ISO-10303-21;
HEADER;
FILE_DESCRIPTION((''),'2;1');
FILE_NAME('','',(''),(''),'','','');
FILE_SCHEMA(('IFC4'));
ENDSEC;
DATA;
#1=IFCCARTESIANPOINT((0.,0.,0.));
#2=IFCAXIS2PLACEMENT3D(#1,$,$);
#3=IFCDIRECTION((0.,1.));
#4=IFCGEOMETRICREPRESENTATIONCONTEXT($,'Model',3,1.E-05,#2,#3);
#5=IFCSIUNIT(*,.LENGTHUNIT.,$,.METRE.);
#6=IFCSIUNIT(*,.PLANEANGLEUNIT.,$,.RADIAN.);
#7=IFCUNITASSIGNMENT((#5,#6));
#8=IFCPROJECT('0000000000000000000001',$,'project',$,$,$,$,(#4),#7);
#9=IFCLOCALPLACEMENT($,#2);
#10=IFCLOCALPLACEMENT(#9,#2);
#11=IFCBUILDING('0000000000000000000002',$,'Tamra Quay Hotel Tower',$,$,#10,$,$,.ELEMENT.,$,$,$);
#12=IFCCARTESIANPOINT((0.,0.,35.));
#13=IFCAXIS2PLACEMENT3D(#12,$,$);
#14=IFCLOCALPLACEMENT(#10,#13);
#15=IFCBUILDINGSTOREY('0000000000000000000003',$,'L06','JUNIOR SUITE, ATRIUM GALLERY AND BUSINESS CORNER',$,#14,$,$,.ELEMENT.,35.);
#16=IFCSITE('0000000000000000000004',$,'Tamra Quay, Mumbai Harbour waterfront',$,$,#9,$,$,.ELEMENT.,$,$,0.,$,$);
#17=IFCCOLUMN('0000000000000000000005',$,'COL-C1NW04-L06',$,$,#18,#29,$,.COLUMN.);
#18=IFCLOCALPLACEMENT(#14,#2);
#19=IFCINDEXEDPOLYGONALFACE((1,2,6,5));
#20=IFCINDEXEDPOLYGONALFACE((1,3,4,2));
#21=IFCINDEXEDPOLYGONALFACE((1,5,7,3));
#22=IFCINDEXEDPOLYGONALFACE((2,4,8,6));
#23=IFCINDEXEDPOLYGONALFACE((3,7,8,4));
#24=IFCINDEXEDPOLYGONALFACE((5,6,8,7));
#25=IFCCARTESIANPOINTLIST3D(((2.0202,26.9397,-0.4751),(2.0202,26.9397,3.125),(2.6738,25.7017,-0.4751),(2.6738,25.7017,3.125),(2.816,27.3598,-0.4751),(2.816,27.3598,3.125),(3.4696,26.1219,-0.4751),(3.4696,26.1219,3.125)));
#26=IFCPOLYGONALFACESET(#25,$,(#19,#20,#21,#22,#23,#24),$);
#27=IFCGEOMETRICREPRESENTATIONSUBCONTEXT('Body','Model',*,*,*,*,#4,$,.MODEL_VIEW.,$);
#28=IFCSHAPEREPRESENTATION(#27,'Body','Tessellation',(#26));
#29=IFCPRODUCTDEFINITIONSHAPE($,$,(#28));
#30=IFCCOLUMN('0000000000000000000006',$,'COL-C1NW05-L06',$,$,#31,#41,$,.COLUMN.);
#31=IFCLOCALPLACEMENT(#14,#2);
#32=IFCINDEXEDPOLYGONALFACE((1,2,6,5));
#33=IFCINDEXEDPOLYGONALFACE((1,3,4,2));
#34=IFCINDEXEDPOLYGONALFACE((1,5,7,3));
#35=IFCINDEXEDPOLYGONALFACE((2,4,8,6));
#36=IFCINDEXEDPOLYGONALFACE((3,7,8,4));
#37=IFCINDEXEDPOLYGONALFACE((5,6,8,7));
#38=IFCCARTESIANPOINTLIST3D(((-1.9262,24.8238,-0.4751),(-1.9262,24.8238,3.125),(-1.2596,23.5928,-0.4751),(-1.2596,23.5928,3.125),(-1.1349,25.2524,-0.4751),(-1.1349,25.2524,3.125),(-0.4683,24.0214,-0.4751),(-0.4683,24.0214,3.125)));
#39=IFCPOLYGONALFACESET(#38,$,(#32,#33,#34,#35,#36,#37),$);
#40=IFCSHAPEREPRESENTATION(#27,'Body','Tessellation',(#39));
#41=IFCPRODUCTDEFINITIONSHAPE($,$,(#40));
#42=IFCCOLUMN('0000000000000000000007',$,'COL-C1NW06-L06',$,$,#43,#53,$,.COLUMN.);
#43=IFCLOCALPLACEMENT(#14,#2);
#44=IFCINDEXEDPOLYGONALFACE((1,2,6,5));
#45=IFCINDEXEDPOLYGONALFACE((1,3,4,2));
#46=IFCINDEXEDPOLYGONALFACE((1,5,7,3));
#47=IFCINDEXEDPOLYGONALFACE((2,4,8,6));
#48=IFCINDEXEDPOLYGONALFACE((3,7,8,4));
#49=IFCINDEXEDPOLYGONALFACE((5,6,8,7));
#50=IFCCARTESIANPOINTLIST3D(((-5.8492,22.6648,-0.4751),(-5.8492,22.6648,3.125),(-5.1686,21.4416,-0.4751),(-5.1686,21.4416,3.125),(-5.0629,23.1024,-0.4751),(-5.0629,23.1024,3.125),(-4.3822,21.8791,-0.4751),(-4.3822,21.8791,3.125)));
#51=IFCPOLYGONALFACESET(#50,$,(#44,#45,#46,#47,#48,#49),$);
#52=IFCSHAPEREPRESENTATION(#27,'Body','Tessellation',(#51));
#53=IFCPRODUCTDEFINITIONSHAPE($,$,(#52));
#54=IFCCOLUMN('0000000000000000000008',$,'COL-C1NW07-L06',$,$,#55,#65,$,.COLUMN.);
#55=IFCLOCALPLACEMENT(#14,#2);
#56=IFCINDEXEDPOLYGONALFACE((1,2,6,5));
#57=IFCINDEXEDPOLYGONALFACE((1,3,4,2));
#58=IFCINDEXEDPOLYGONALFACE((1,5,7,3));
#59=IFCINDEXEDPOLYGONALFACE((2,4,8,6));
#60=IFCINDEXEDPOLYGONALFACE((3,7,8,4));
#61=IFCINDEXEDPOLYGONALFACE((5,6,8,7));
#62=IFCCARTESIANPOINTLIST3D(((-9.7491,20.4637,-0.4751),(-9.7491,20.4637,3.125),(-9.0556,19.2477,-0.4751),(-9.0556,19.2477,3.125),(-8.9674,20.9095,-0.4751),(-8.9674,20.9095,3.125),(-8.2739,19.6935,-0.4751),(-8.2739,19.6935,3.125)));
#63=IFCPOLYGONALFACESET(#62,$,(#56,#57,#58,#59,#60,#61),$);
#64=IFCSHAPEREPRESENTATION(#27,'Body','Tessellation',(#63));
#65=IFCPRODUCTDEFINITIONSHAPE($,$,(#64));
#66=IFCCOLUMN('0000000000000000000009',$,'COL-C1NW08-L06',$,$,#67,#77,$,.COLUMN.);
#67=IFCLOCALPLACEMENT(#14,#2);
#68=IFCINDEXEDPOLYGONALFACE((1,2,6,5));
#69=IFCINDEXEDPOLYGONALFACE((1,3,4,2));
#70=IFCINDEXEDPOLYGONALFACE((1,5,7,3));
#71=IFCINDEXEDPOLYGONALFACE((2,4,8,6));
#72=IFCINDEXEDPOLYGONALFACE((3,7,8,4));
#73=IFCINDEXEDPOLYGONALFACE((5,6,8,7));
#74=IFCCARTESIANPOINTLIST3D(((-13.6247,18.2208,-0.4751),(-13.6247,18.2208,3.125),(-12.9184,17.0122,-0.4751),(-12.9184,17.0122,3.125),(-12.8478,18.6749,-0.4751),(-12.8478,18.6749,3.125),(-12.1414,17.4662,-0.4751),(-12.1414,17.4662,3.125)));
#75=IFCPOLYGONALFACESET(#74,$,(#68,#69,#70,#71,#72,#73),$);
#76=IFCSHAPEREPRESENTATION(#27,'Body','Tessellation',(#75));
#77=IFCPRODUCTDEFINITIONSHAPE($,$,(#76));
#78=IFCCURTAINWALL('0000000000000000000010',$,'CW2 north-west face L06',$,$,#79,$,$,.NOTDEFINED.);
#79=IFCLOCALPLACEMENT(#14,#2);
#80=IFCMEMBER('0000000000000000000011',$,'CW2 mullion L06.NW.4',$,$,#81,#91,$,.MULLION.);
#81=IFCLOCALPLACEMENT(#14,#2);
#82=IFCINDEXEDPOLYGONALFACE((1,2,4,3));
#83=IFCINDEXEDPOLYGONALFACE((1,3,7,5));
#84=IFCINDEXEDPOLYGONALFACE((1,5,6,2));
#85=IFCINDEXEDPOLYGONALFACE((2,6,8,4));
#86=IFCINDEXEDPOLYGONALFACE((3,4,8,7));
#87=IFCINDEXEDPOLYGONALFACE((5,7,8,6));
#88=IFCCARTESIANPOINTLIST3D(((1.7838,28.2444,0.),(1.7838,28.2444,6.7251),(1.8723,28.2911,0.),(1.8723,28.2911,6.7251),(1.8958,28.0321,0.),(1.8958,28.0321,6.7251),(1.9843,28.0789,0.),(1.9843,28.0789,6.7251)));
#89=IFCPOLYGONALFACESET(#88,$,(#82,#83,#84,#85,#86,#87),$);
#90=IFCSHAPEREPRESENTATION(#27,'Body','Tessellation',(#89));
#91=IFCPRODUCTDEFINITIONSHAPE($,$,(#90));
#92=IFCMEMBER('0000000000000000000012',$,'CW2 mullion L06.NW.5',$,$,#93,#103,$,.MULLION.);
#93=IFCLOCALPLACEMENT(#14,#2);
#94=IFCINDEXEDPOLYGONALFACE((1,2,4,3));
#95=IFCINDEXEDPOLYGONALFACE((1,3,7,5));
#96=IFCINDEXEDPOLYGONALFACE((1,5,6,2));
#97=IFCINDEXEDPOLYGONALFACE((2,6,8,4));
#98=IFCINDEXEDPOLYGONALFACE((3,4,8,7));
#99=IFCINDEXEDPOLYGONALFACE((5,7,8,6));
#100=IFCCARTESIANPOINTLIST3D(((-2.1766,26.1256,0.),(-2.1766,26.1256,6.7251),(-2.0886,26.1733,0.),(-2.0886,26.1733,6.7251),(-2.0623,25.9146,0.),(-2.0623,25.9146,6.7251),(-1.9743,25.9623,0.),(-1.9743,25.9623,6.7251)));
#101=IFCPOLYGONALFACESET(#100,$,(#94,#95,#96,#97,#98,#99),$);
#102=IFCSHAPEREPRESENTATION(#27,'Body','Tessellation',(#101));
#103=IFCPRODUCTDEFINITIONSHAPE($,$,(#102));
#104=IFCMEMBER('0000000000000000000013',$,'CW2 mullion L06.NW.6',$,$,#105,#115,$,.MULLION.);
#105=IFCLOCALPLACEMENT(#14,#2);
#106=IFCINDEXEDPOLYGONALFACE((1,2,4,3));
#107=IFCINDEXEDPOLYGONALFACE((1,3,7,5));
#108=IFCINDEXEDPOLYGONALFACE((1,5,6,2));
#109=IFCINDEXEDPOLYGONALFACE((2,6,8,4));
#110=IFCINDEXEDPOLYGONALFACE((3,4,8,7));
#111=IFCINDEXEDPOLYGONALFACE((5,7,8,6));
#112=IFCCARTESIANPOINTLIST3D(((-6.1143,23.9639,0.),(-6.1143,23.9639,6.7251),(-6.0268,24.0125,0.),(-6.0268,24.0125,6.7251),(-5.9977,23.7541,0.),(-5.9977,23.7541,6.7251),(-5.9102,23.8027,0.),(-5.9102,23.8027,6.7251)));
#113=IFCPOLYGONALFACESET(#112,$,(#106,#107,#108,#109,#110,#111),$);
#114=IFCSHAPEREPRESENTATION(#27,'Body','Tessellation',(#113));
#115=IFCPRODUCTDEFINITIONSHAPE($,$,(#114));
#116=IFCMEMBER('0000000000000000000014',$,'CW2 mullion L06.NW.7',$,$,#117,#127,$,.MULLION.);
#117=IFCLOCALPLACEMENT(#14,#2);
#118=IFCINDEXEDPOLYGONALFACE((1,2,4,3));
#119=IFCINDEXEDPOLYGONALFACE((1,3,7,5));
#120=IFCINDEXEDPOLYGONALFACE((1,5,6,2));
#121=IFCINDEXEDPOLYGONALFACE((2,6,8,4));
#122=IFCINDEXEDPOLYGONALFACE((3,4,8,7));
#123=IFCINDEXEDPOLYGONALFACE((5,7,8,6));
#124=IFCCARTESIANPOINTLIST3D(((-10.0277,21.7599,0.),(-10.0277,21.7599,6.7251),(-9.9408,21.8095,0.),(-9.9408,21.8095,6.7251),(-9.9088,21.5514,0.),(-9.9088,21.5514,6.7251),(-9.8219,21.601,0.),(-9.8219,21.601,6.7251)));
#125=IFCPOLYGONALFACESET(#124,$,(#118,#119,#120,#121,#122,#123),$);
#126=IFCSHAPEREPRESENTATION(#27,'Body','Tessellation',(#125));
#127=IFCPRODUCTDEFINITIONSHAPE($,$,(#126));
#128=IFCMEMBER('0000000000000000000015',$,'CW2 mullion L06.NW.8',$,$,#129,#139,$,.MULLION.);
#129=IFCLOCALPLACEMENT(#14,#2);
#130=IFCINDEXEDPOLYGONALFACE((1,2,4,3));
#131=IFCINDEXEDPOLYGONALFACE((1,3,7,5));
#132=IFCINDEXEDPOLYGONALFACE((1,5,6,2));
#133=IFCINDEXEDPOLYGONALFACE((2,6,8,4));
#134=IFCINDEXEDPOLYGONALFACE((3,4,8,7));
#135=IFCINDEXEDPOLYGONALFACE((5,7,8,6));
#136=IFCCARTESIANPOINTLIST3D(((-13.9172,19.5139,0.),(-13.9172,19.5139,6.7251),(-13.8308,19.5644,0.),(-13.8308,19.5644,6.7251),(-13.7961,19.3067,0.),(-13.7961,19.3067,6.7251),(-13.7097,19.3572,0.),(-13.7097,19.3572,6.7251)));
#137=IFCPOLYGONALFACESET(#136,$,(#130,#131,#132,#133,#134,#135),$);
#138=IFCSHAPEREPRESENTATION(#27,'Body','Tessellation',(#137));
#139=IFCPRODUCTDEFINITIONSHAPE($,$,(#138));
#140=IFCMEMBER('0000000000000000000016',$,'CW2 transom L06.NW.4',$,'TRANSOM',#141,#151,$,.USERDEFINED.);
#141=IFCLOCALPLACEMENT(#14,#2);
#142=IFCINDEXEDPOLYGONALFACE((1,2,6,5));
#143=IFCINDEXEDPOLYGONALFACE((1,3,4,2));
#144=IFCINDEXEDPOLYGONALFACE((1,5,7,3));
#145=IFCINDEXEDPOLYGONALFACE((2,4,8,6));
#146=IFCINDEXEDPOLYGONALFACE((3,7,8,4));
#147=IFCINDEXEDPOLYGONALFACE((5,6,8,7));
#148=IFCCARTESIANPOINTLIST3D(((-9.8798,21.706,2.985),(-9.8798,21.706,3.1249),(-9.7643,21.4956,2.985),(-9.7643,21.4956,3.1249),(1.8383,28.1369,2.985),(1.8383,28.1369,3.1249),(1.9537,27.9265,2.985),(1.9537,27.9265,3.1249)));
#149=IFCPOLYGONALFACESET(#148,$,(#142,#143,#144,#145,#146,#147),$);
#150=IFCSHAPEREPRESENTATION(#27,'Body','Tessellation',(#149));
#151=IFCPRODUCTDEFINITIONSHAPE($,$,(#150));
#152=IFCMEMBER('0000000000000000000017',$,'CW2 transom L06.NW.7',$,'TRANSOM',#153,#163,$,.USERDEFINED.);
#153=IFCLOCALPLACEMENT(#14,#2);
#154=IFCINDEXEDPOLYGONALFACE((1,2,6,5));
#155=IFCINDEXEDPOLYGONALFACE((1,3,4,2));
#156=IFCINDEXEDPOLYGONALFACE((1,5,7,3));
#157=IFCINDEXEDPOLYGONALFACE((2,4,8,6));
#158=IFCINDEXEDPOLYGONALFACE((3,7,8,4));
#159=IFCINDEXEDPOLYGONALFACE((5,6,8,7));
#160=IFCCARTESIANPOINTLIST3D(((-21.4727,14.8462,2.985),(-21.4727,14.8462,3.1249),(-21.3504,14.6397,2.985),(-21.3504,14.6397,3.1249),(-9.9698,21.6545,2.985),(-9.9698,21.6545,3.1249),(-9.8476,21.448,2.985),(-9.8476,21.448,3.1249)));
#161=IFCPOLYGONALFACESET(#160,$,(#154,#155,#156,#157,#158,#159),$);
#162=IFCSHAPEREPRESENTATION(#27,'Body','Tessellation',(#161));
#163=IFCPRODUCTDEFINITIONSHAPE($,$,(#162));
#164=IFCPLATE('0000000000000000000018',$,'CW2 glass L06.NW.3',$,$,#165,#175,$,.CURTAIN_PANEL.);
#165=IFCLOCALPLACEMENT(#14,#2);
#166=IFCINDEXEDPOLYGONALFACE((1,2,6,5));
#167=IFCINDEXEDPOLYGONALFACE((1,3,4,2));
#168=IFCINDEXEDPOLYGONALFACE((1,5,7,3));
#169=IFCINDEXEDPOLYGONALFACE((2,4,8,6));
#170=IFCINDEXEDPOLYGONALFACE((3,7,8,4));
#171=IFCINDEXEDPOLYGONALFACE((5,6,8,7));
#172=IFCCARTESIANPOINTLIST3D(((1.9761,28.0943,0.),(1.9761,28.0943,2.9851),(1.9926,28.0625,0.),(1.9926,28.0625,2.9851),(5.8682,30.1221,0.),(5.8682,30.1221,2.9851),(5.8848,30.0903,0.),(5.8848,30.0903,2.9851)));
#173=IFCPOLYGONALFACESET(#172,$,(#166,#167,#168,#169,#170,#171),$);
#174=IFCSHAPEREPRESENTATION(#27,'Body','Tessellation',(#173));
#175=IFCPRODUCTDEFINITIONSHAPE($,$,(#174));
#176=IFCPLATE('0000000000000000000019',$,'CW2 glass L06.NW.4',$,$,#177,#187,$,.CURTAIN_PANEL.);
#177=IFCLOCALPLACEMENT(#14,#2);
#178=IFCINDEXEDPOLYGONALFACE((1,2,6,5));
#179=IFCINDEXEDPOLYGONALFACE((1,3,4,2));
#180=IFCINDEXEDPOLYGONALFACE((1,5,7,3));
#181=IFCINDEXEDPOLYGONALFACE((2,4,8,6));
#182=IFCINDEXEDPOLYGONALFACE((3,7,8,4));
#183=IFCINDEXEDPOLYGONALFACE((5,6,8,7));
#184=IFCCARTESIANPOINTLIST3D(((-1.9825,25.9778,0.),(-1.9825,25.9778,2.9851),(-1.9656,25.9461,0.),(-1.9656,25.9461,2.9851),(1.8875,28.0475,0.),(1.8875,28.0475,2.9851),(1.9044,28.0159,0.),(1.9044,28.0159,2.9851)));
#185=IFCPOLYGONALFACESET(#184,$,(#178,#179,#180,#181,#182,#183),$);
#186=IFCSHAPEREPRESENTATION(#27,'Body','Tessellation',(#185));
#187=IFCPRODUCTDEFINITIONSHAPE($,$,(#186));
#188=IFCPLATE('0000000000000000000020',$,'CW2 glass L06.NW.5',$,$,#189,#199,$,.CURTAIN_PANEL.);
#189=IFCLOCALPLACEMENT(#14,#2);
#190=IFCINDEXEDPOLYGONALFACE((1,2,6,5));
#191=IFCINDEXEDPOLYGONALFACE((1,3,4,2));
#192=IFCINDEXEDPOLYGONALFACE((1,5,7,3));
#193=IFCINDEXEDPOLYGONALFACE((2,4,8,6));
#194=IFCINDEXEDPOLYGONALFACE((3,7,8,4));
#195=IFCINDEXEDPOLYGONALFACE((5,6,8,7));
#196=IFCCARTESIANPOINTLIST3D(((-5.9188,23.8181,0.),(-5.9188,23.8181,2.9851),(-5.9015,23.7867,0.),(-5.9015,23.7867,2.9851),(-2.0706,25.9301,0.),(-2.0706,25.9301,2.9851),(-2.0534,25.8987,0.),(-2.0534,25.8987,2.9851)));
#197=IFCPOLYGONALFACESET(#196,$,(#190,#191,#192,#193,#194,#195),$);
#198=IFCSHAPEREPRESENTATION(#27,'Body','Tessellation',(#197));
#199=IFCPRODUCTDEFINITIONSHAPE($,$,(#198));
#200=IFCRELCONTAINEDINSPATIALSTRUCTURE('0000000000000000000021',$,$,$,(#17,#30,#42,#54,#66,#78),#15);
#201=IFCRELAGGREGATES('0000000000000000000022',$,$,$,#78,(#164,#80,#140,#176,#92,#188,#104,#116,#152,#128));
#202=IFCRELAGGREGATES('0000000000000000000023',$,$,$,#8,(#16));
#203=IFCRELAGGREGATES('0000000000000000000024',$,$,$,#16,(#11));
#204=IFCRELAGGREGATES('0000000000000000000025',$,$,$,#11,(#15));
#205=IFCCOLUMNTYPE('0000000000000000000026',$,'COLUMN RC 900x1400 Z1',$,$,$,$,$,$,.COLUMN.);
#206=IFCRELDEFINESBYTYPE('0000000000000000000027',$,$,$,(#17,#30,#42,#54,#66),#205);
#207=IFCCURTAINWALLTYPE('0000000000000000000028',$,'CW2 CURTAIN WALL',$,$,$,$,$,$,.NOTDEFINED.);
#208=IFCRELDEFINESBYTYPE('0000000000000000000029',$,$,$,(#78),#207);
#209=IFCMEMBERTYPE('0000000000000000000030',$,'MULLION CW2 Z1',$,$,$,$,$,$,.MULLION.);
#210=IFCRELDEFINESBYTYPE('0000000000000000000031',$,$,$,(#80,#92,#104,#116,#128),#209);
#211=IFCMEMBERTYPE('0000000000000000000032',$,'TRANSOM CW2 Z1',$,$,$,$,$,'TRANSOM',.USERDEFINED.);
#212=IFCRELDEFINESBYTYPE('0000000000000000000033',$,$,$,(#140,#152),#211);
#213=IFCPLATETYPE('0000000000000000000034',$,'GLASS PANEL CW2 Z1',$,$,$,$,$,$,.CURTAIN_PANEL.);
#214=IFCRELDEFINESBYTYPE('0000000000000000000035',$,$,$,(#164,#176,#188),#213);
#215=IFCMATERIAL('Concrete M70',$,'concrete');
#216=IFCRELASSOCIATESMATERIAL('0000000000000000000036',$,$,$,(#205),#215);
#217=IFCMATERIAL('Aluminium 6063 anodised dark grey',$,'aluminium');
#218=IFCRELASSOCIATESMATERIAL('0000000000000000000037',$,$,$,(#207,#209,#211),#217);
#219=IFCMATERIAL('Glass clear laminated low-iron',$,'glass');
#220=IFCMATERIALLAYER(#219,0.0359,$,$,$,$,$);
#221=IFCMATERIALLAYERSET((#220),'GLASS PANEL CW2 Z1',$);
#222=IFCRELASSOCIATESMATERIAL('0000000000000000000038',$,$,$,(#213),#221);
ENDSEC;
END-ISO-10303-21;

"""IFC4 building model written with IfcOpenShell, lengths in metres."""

from ifc_helpers import new_model, si_unit, direction, frame, origin, origin_2d, place, context, subcontext, project, spatial, rectangle, extrude, material, layer, layer_set, material_profile, profile_set, type_object, element, aggregate, save


model = new_model("IFC4")

# Units and contexts
model_context = context("Model", 3, precision=1e-05, world=origin(), true_north=direction((0.0, 1.0)))
body_context = subcontext(model_context, "Body", "Model", "MODEL_VIEW")
ifc_project = project(units=[si_unit("LENGTHUNIT", "METRE"), si_unit("PLANEANGLEUNIT", "RADIAN")], contexts=[model_context])

# Site, building, storey
site_placement = place(None, origin())
site = spatial("IfcSite", under=ifc_project, at=site_placement, Name="Tamra Quay, Mumbai Harbour waterfront", CompositionType="ELEMENT", RefElevation=0.0)
building_placement = place(site_placement, origin())
building = spatial("IfcBuilding", under=site, at=building_placement, Name="Tamra Quay Hotel Tower", CompositionType="ELEMENT")
storey_placement = place(building_placement, frame((0.0, 0.0, 35.0)))
storey = spatial("IfcBuildingStorey", under=building, at=storey_placement, Name="L06", Description="JUNIOR SUITE, ATRIUM GALLERY AND BUSINESS CORNER", CompositionType="ELEMENT", Elevation=35.0)

# Columns
ifc_material_1 = material(Name="Concrete M70", Category="concrete")
ifc_material_profile_1 = material_profile(ifc_material_1, rectangle(XDim=1.3999, YDim=0.8999, at=origin_2d()), Name="COLUMN RC 900x1400 Z1")
ifc_profile_set_1 = profile_set([ifc_material_profile_1], Name="Concrete M70")
column_type = type_object("IfcColumnType", Name="COLUMN RC 900x1400 Z1", PredefinedType="COLUMN", material=ifc_profile_set_1)
for number, where, z_axis, x_axis, name in (
    (1, (2.7449, 26.5308, -0.4751), (0.0, 0.0, 1.0), (-0.466896, 0.884312, 0.0), "COL-C1NW04-L06"),
    (2, (-1.1973, 24.4226, -0.4751), (0.0, 0.0, 1.0), (-0.476198, 0.879338, 0.0), "COL-C1NW05-L06"),
    (3, (-5.1157, 22.272, -0.4751), (0.0, 0.0, 1.0), (-0.486221, 0.873836, 0.0), "COL-C1NW06-L06"),
    (4, (-9.0115, 20.0786, -0.4751), (0.0, 0.0, 1.0), (-0.495421, 0.868653, 0.0), "COL-C1NW07-L06"),
    (5, (-12.8831, 17.8435, -0.4751), (0.0, 0.0, 1.0), (-0.504565, 0.863374, 0.0), "COL-C1NW08-L06"),
):
    element("IfcColumn", number, at=place(storey_placement, frame(where, z_axis=z_axis, x_axis=x_axis)), inside=storey, type_object=column_type, Name=name, PredefinedType="COLUMN", context=body_context, shape_type="SweptSolid", body=[
        extrude(rectangle(XDim=1.3999, YDim=0.8999, at=origin_2d()), origin(), (0.0, 0.0, 1.0), 3.6001),
    ])

# Curtain wall, members, plates
ifc_material_2 = material(Name="Aluminium 6063 anodised dark grey", Category="aluminium")
curtain_wall_type = type_object("IfcCurtainWallType", Name="CW2 CURTAIN WALL", PredefinedType="NOTDEFINED", material=ifc_material_2)
curtain_wall_placement = place(storey_placement, origin())
curtain_wall = element("IfcCurtainWall", 6, at=curtain_wall_placement, inside=storey, type_object=curtain_wall_type, Name="CW2 north-west face L06", PredefinedType="NOTDEFINED")
ifc_material_profile_2 = material_profile(ifc_material_2, rectangle(XDim=0.24, YDim=0.1001, at=origin_2d()), Name="MULLION 100X240")
ifc_profile_set_2 = profile_set([ifc_material_profile_2], Name="Aluminium 6063 anodised dark grey")
member_type_1 = type_object("IfcMemberType", Name="MULLION CW2 Z1", PredefinedType="MULLION", material=ifc_profile_set_2)
member_1_placement = place(storey_placement, frame((1.884, 28.1616, 0.0), z_axis=(0.0, 0.0, 1.0), x_axis=(-0.466835, 0.884344, 0.0)))
member_1 = element("IfcMember", 7, at=member_1_placement, type_object=member_type_1, Name="CW2 mullion L06.NW.4", PredefinedType="MULLION", context=body_context, shape_type="SweptSolid", body=[
    extrude(rectangle(XDim=0.24, YDim=0.1001, at=origin_2d()), origin(), (0.0, 0.0, 1.0), 6.7251),
])
member_2_placement = place(storey_placement, frame((-2.0754, 26.0439, 0.0), z_axis=(0.0, 0.0, 1.0), x_axis=(-0.476376, 0.879241, 0.0)))
member_2 = element("IfcMember", 8, at=member_2_placement, type_object=member_type_1, Name="CW2 mullion L06.NW.5", PredefinedType="MULLION", context=body_context, shape_type="SweptSolid", body=[
    extrude(rectangle(XDim=0.24, YDim=0.1001, at=origin_2d()), origin(), (0.0, 0.0, 1.0), 6.7251),
])
member_3_placement = place(storey_placement, frame((-6.0122, 23.8833, 0.0), z_axis=(0.0, 0.0, 1.0), x_axis=(-0.485863, 0.874035, 0.0)))
member_3 = element("IfcMember", 9, at=member_3_placement, type_object=member_type_1, Name="CW2 mullion L06.NW.6", PredefinedType="MULLION", context=body_context, shape_type="SweptSolid", body=[
    extrude(rectangle(XDim=0.24, YDim=0.1001, at=origin_2d()), origin(), (0.0, 0.0, 1.0), 6.7251),
])
member_4_placement = place(storey_placement, frame((-9.9248, 21.6804, 0.0), z_axis=(0.0, 0.0, 1.0), x_axis=(-0.4953, 0.868722, 0.0)))
member_4 = element("IfcMember", 10, at=member_4_placement, type_object=member_type_1, Name="CW2 mullion L06.NW.7", PredefinedType="MULLION", context=body_context, shape_type="SweptSolid", body=[
    extrude(rectangle(XDim=0.24, YDim=0.1001, at=origin_2d()), origin(), (0.0, 0.0, 1.0), 6.7251),
])
member_5_placement = place(storey_placement, frame((-13.8135, 19.4355, 0.0), z_axis=(0.0, 0.0, 1.0), x_axis=(-0.504685, 0.863304, 0.0)))
member_5 = element("IfcMember", 11, at=member_5_placement, type_object=member_type_1, Name="CW2 mullion L06.NW.8", PredefinedType="MULLION", context=body_context, shape_type="SweptSolid", body=[
    extrude(rectangle(XDim=0.24, YDim=0.1001, at=origin_2d()), origin(), (0.0, 0.0, 1.0), 6.7251),
])
ifc_material_profile_3 = material_profile(ifc_material_2, rectangle(XDim=0.24, YDim=0.1399, at=origin_2d()), Name="TRANSOM 240X140")
ifc_profile_set_3 = profile_set([ifc_material_profile_3], Name="Aluminium 6063 anodised dark grey")
member_type_2 = type_object("IfcMemberType", Name="TRANSOM CW2 Z1", ElementType="TRANSOM", PredefinedType="USERDEFINED", material=ifc_profile_set_3)
member_6_placement = place(storey_placement, frame((1.896, 28.0317, 3.0549), z_axis=(-0.876658, -0.481114, 0.0), x_axis=(0.481114, -0.876658, 0.0)))
member_6 = element("IfcMember", 12, at=member_6_placement, type_object=member_type_2, Name="CW2 transom L06.NW.4", ObjectType="TRANSOM", PredefinedType="USERDEFINED", context=body_context, shape_type="SweptSolid", body=[
    extrude(rectangle(XDim=0.24, YDim=0.1399, at=origin_2d()), origin(), (0.0, 0.0, 1.0), 13.3667),
])
member_7_placement = place(storey_placement, frame((-9.9087, 21.5513, 3.0549), z_axis=(-0.860561, -0.509348, 0.0), x_axis=(0.509348, -0.860561, 0.0)))
member_7 = element("IfcMember", 13, at=member_7_placement, type_object=member_type_2, Name="CW2 transom L06.NW.7", ObjectType="TRANSOM", PredefinedType="USERDEFINED", context=body_context, shape_type="SweptSolid", body=[
    extrude(rectangle(XDim=0.24, YDim=0.1399, at=origin_2d()), origin(), (0.0, 0.0, 1.0), 13.3667),
])
ifc_material_3 = material(Name="Glass clear laminated low-iron", Category="glass")
ifc_layer_1 = layer(ifc_material_3, 0.0359)
ifc_layer_set_1 = layer_set([ifc_layer_1], Name="GLASS PANEL CW2 Z1")
plate_type = type_object("IfcPlateType", Name="GLASS PANEL CW2 Z1", PredefinedType="CURTAIN_PANEL", material=ifc_layer_set_1)
plate_1_placement = place(storey_placement, frame((3.9304, 29.0923, 0.0), z_axis=(0.0, 0.0, 1.0), x_axis=(-0.886857, -0.462045, 0.0)))
plate_1 = element("IfcPlate", 14, at=plate_1_placement, type_object=plate_type, Name="CW2 glass L06.NW.3", PredefinedType="CURTAIN_PANEL", context=body_context, shape_type="SweptSolid", body=[
    extrude(rectangle(XDim=4.3887, YDim=0.0359, at=origin_2d()), origin(), (0.0, 0.0, 1.0), 2.9851),
])
plate_2_placement = place(storey_placement, frame((-0.0391, 26.9968, 0.0), z_axis=(0.0, 0.0, 1.0), x_axis=(-0.881806, -0.471612, 0.0)))
plate_2 = element("IfcPlate", 15, at=plate_2_placement, type_object=plate_type, Name="CW2 glass L06.NW.4", PredefinedType="CURTAIN_PANEL", context=body_context, shape_type="SweptSolid", body=[
    extrude(rectangle(XDim=4.3887, YDim=0.0359, at=origin_2d()), origin(), (0.0, 0.0, 1.0), 2.9851),
])
plate_3_placement = place(storey_placement, frame((-3.9861, 24.8584, 0.0), z_axis=(0.0, 0.0, 1.0), x_axis=(-0.876651, -0.481127, 0.0)))
plate_3 = element("IfcPlate", 16, at=plate_3_placement, type_object=plate_type, Name="CW2 glass L06.NW.5", PredefinedType="CURTAIN_PANEL", context=body_context, shape_type="SweptSolid", body=[
    extrude(rectangle(XDim=4.3896, YDim=0.0359, at=origin_2d()), origin(), (0.0, 0.0, 1.0), 2.9851),
])
aggregate(curtain_wall, [plate_1, member_1, member_6, plate_2, member_2, plate_3, member_3, member_4, member_7, member_5])

save(model, "model.ifc")
